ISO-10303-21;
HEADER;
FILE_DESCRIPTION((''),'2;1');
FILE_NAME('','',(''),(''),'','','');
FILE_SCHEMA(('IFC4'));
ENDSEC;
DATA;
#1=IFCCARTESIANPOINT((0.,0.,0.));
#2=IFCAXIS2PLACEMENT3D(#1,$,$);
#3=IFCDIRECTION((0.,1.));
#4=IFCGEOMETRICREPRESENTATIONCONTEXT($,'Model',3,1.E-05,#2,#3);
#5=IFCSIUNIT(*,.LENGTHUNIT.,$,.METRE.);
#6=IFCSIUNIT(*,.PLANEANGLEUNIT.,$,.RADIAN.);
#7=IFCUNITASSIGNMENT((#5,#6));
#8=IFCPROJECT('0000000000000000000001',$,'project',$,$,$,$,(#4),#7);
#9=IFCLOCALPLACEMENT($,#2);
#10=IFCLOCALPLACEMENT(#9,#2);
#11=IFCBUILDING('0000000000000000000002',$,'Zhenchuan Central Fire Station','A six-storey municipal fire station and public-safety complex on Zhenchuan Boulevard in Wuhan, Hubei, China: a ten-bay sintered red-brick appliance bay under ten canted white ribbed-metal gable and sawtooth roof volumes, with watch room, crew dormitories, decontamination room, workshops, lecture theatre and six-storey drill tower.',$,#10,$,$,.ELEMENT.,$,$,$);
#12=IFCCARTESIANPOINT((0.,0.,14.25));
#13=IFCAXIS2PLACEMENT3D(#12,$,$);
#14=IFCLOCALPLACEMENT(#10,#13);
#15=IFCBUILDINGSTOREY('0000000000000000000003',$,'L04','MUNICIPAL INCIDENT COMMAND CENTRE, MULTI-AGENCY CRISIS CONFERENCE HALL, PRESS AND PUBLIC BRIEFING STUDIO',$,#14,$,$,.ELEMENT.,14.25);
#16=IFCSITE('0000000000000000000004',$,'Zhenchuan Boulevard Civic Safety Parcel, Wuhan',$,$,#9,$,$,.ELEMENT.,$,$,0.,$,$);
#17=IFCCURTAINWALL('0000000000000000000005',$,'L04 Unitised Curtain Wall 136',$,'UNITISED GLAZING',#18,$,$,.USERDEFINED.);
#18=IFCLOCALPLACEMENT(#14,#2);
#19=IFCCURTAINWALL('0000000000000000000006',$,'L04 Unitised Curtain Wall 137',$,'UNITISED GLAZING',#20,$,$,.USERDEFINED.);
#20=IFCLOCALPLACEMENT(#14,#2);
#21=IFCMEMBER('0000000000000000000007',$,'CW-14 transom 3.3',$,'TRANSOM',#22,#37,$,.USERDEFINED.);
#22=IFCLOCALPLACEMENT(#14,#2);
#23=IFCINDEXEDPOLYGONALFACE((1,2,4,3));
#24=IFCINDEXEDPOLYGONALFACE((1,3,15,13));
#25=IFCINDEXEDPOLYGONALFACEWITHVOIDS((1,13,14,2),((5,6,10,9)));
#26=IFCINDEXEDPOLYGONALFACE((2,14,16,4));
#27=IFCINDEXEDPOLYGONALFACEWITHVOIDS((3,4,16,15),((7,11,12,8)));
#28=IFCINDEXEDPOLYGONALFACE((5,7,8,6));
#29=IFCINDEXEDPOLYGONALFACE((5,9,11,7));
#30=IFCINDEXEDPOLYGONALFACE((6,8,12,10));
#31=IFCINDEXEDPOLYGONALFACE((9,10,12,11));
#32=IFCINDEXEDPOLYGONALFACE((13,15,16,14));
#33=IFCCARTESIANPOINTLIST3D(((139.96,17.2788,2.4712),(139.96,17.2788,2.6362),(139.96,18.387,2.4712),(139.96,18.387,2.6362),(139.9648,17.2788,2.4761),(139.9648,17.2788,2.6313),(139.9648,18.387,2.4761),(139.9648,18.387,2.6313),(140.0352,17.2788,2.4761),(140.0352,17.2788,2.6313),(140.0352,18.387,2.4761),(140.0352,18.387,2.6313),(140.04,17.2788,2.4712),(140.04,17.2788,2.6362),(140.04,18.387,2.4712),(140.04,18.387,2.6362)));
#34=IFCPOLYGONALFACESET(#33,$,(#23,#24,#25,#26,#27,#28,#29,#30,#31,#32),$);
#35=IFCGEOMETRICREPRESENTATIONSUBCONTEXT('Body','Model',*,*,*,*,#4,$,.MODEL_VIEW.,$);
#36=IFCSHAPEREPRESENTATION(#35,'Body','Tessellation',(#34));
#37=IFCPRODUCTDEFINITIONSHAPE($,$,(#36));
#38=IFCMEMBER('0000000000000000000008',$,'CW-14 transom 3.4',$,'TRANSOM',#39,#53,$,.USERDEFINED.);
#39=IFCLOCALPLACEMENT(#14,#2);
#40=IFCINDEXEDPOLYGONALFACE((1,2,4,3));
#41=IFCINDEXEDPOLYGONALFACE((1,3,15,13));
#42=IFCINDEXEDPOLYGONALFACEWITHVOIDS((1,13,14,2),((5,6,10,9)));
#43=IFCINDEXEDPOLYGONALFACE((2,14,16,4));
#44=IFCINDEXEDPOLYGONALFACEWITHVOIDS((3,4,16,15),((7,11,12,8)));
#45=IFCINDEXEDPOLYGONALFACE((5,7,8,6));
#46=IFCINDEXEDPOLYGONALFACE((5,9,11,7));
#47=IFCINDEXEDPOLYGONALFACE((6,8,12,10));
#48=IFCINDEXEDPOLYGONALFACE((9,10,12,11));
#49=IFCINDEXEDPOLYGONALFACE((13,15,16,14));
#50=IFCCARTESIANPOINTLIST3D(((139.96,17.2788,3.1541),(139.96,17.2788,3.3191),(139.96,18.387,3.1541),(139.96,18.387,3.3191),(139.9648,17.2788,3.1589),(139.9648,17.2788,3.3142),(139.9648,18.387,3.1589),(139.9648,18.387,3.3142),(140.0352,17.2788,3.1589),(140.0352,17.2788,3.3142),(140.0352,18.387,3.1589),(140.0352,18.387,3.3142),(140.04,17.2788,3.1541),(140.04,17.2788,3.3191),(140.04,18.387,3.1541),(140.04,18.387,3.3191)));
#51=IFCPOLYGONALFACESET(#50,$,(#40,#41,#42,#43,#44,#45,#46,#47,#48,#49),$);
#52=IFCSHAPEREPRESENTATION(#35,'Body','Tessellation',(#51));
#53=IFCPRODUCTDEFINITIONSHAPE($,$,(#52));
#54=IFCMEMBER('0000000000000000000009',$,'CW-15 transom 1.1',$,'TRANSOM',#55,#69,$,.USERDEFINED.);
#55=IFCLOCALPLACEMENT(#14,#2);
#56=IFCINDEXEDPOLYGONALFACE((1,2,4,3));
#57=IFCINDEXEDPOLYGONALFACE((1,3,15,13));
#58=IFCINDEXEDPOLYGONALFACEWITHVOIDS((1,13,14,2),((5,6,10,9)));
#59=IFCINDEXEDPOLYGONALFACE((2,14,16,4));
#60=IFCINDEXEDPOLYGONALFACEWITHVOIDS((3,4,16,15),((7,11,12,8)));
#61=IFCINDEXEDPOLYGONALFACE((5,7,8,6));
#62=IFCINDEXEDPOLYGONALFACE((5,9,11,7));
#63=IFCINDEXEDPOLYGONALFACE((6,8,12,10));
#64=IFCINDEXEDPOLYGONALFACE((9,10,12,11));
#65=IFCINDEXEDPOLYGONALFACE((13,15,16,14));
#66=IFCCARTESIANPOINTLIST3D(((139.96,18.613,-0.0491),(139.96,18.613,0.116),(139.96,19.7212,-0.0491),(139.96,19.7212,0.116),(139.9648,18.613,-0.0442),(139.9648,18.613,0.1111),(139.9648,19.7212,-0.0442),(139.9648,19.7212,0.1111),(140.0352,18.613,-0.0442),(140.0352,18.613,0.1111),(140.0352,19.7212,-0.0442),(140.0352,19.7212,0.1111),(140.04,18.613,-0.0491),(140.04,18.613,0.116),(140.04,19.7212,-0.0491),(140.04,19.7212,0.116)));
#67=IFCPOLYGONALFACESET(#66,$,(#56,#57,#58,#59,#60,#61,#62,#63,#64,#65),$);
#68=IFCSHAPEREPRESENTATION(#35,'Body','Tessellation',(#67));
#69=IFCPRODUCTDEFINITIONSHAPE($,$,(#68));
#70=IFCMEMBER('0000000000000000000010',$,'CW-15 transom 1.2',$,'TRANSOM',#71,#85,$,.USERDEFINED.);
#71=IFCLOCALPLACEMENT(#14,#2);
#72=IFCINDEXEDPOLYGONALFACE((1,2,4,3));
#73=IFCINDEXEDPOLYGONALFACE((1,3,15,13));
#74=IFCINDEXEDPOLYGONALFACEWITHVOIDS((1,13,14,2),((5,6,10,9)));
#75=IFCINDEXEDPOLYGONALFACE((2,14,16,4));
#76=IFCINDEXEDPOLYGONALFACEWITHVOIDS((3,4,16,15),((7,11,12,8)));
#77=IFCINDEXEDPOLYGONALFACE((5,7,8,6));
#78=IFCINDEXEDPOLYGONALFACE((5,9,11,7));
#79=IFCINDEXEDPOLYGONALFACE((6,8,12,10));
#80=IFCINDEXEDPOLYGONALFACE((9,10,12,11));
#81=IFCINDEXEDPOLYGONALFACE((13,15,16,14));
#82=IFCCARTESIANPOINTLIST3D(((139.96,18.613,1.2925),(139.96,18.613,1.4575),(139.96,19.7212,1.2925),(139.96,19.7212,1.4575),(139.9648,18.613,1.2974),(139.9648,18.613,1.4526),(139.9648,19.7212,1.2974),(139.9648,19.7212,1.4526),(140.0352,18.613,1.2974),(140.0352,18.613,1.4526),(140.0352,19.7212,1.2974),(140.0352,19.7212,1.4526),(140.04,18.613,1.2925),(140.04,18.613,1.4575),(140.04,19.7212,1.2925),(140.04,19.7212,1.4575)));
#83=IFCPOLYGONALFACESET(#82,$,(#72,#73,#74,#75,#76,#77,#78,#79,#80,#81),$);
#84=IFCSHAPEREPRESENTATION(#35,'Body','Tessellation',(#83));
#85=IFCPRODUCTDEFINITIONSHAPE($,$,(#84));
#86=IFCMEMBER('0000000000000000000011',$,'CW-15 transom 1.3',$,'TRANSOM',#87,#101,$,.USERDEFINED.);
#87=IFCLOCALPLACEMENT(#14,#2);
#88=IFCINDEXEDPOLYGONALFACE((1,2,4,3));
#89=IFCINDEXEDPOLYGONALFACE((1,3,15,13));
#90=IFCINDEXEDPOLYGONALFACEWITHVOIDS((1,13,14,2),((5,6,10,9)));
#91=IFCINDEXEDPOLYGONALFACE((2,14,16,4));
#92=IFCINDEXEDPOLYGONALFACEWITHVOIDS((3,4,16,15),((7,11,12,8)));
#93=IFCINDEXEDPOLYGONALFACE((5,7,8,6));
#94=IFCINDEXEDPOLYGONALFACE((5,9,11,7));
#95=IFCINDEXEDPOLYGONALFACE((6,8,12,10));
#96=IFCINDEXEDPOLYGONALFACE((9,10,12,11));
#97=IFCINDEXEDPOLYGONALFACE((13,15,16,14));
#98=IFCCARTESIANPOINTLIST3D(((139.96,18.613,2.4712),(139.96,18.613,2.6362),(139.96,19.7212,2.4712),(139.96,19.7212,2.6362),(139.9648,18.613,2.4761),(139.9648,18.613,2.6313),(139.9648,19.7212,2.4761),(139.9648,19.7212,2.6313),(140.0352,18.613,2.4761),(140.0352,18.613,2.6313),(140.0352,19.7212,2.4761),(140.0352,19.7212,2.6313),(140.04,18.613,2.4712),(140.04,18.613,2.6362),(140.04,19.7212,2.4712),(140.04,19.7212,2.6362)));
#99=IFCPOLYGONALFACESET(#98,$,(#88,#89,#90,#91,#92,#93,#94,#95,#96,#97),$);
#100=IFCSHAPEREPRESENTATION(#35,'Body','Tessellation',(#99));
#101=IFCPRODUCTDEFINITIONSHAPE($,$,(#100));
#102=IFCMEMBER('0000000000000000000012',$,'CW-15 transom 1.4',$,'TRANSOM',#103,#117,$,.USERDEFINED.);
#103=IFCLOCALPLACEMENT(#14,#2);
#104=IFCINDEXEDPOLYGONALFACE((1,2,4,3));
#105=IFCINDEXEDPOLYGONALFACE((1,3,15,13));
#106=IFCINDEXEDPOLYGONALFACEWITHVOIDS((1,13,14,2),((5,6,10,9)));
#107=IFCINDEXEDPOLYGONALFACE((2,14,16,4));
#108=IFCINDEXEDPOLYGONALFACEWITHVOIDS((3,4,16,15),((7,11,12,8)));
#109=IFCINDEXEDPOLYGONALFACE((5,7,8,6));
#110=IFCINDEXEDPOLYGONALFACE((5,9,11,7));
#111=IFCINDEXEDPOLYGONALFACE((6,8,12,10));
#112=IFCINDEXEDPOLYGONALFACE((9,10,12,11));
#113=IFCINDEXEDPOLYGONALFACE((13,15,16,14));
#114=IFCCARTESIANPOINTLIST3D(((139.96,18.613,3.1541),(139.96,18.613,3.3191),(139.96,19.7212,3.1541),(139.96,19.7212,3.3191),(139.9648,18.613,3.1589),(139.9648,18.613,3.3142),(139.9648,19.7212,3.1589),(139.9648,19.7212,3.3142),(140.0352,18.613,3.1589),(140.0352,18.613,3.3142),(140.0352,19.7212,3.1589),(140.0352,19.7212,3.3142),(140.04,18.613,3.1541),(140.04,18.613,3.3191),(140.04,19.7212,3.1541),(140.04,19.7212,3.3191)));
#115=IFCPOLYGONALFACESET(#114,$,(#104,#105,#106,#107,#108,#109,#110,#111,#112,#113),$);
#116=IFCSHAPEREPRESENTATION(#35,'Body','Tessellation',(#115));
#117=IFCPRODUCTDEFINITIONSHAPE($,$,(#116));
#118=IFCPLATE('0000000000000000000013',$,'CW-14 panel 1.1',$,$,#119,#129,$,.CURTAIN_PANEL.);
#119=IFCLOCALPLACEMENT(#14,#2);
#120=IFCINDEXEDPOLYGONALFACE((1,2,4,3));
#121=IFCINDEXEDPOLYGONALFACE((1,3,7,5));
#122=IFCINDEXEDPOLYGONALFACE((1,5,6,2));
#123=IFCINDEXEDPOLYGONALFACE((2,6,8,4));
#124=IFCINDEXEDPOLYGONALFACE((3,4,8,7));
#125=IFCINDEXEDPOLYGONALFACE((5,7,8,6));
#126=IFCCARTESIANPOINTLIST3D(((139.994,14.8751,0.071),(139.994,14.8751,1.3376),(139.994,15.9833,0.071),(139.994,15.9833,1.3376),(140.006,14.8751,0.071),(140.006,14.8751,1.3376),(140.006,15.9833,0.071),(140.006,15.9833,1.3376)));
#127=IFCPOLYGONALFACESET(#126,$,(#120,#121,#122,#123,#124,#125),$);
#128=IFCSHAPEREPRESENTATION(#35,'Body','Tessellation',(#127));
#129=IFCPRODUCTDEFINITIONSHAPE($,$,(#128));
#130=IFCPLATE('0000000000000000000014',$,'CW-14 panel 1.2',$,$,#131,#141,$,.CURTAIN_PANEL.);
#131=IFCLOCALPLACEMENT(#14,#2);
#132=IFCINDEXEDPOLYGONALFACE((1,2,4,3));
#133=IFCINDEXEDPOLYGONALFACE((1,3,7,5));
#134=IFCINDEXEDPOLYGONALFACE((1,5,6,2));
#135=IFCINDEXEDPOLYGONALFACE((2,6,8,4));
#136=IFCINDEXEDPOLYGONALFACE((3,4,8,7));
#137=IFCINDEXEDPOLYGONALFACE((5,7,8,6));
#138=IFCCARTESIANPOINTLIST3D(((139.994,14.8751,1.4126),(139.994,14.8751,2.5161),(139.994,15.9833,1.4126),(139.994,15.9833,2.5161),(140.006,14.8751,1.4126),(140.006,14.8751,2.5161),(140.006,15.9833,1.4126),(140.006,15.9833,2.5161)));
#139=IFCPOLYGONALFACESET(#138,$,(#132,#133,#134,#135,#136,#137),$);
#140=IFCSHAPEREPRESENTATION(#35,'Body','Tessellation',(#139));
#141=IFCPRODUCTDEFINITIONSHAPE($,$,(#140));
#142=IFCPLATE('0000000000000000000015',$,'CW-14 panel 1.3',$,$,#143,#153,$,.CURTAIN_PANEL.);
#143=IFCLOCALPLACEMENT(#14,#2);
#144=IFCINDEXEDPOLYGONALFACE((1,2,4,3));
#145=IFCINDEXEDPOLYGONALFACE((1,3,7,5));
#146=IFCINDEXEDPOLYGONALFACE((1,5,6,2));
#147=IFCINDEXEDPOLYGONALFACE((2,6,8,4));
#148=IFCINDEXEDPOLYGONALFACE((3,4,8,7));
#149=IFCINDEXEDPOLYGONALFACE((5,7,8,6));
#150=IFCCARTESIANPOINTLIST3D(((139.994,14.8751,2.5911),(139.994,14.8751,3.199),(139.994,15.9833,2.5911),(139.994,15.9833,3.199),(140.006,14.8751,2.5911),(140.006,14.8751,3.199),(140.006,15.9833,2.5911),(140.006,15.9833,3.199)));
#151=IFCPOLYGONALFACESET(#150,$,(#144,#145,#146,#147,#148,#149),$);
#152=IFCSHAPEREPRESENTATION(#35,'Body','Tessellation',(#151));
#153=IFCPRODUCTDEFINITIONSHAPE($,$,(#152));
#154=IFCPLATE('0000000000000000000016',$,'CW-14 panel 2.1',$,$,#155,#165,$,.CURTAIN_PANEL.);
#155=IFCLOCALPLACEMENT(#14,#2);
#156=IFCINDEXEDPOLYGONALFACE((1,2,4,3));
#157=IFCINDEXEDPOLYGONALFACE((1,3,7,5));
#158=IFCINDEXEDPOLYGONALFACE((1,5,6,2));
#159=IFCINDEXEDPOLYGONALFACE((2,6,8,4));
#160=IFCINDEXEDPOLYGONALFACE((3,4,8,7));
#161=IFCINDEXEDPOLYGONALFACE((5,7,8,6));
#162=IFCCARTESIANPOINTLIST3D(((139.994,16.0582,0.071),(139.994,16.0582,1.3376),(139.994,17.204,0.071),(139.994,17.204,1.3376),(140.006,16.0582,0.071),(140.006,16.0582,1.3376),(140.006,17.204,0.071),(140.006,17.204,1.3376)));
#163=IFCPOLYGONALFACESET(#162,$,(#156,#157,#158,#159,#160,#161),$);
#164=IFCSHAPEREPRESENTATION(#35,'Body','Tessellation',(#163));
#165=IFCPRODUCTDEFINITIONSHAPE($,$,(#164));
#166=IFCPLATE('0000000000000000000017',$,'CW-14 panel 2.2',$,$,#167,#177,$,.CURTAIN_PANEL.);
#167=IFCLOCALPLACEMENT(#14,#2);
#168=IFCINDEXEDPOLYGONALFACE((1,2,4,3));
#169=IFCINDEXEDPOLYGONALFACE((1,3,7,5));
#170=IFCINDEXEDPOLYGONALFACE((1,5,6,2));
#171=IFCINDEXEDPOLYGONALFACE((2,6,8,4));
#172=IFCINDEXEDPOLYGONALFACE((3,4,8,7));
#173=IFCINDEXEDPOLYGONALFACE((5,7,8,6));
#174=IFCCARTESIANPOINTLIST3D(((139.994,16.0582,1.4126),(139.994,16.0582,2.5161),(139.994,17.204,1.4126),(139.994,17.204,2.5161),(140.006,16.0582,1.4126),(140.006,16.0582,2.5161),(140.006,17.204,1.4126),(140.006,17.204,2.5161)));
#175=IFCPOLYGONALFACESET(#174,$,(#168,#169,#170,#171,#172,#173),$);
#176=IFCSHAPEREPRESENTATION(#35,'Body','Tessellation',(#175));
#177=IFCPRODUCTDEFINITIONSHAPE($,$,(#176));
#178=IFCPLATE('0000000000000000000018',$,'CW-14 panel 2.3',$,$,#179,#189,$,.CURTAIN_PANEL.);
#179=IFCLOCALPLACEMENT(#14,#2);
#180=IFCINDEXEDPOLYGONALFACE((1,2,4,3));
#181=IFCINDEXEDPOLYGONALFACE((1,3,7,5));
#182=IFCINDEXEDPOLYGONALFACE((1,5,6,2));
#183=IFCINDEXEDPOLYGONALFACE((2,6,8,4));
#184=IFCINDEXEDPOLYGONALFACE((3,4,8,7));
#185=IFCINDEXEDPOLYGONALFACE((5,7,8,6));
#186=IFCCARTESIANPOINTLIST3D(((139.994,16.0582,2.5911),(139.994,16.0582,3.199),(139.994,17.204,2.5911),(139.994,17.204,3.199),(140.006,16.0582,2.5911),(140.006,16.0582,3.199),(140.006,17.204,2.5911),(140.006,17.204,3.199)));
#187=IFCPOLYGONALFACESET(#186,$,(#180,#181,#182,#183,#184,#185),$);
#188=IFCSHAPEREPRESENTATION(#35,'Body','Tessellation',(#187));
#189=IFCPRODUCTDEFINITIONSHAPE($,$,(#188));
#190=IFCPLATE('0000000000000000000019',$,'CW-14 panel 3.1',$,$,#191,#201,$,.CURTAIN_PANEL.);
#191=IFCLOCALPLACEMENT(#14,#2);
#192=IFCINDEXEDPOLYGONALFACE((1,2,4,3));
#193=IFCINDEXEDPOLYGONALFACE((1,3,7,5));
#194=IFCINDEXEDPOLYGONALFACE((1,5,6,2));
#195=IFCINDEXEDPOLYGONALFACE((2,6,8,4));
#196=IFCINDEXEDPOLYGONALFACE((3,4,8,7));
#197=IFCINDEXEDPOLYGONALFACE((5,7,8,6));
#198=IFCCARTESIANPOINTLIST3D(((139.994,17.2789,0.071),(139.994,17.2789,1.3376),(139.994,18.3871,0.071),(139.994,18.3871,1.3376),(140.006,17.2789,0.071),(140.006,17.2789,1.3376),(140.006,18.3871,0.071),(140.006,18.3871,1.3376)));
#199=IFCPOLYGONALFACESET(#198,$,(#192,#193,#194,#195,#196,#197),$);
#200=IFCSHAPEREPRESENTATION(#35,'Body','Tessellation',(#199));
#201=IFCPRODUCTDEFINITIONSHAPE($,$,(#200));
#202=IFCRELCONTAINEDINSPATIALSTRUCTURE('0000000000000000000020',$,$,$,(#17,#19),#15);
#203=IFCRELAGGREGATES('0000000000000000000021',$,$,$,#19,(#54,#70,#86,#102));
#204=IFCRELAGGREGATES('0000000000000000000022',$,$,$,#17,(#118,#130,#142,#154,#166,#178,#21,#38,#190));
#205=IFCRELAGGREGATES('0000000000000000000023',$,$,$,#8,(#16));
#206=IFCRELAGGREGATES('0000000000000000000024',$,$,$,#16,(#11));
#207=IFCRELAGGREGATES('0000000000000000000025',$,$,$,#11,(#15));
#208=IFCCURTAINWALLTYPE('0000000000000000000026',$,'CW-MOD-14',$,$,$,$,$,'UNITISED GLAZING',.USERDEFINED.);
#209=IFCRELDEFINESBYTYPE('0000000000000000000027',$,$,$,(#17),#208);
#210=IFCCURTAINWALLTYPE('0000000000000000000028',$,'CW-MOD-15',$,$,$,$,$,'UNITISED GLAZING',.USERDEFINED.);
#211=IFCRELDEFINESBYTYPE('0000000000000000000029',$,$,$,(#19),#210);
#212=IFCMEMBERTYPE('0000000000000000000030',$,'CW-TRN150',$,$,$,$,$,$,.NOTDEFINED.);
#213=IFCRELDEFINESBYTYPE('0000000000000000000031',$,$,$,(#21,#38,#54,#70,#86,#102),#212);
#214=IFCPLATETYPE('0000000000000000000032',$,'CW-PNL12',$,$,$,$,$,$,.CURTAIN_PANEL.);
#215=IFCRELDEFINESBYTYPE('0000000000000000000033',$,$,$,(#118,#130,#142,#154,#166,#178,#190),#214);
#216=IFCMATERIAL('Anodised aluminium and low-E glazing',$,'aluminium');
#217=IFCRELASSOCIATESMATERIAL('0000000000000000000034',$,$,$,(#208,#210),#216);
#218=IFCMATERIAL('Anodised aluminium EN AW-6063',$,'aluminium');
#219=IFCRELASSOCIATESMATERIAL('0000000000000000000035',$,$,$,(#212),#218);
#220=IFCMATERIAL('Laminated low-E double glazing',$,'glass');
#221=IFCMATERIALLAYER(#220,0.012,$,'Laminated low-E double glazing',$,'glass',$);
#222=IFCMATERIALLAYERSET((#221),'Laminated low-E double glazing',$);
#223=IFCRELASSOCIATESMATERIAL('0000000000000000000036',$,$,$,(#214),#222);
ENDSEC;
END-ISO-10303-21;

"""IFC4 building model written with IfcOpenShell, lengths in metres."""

from ifc_helpers import new_model, si_unit, direction, frame, origin, origin_2d, place, context, subcontext, project, spatial, rectangle, hollow_rectangle, extrude, material, layer, layer_set, material_profile, profile_set, type_object, element, aggregate, save


model = new_model("IFC4")

# Units and contexts
model_context = context("Model", 3, precision=1e-05, world=origin(), true_north=direction((0.0, 1.0)))
body_context = subcontext(model_context, "Body", "Model", "MODEL_VIEW")
ifc_project = project(units=[si_unit("LENGTHUNIT", "METRE"), si_unit("PLANEANGLEUNIT", "RADIAN")], contexts=[model_context])

# Site, building, storey
site_placement = place(None, origin())
site = spatial("IfcSite", under=ifc_project, at=site_placement, Name="Zhenchuan Boulevard Civic Safety Parcel, Wuhan", CompositionType="ELEMENT", RefElevation=0.0)
building_placement = place(site_placement, origin())
building = spatial("IfcBuilding", under=site, at=building_placement, Name="Zhenchuan Central Fire Station", Description="A six-storey municipal fire station and public-safety complex on Zhenchuan Boulevard in Wuhan, Hubei, China: a ten-bay sintered red-brick appliance bay under ten canted white ribbed-metal gable and sawtooth roof volumes, with watch room, crew dormitories, decontamination room, workshops, lecture theatre and six-storey drill tower.", CompositionType="ELEMENT")
storey_placement = place(building_placement, frame((0.0, 0.0, 14.25)))
storey = spatial("IfcBuildingStorey", under=building, at=storey_placement, Name="L04", Description="MUNICIPAL INCIDENT COMMAND CENTRE, MULTI-AGENCY CRISIS CONFERENCE HALL, PRESS AND PUBLIC BRIEFING STUDIO", CompositionType="ELEMENT", Elevation=14.25)

# Curtain wall
ifc_material_1 = material(Name="Anodised aluminium and low-E glazing", Category="aluminium")
curtain_wall_type_1 = type_object("IfcCurtainWallType", Name="CW-MOD-14", ElementType="UNITISED GLAZING", PredefinedType="USERDEFINED", material=ifc_material_1)
curtain_wall_1_placement = place(storey_placement, origin())
curtain_wall_1 = element("IfcCurtainWall", 1, at=curtain_wall_1_placement, inside=storey, type_object=curtain_wall_type_1, Name="L04 Unitised Curtain Wall 136", ObjectType="UNITISED GLAZING", PredefinedType="USERDEFINED")
ifc_material_2 = material(Name="Anodised aluminium EN AW-6063", Category="aluminium")

# Curtain wall
curtain_wall_type_2 = type_object("IfcCurtainWallType", Name="CW-MOD-15", ElementType="UNITISED GLAZING", PredefinedType="USERDEFINED", material=ifc_material_1)
curtain_wall_2_placement = place(storey_placement, origin())
curtain_wall_2 = element("IfcCurtainWall", 2, at=curtain_wall_2_placement, inside=storey, type_object=curtain_wall_type_2, Name="L04 Unitised Curtain Wall 137", ObjectType="UNITISED GLAZING", PredefinedType="USERDEFINED")

# Members
ifc_material_profile_1 = material_profile(ifc_material_2, hollow_rectangle(XDim=0.0801, YDim=0.165, WallThickness=0.0049, at=origin_2d()), Name="ALU-T 165x80")
ifc_profile_set_1 = profile_set([ifc_material_profile_1], Name="Anodised aluminium EN AW-6063")
member_type_1 = type_object("IfcMemberType", Name="CW-TRN150", PredefinedType="NOTDEFINED", material=ifc_profile_set_1)
member_1_placement = place(storey_placement, frame((140.0, 17.2788, 2.5537), z_axis=(0.0, 1.0, 0.0), x_axis=(-1.0, 0.0, 0.0)))
member_1 = element("IfcMember", 3, at=member_1_placement, type_object=member_type_1, Name="CW-14 transom 3.3", ObjectType="TRANSOM", PredefinedType="USERDEFINED", context=body_context, shape_type="SweptSolid", body=[
    extrude(hollow_rectangle(XDim=0.0801, YDim=0.165, WallThickness=0.0049, at=origin_2d()), origin(), (0.0, 0.0, 1.0), 1.1082),
])
member_2_placement = place(storey_placement, frame((140.0, 17.2788, 3.2366), z_axis=(0.0, 1.0, 0.0), x_axis=(-1.0, 0.0, 0.0)))
member_2 = element("IfcMember", 4, at=member_2_placement, type_object=member_type_1, Name="CW-14 transom 3.4", ObjectType="TRANSOM", PredefinedType="USERDEFINED", context=body_context, shape_type="SweptSolid", body=[
    extrude(hollow_rectangle(XDim=0.0801, YDim=0.165, WallThickness=0.0049, at=origin_2d()), origin(), (0.0, 0.0, 1.0), 1.1082),
])
member_3_placement = place(storey_placement, frame((140.0, 18.613, 0.0334), z_axis=(0.0, 1.0, 0.0), x_axis=(-1.0, 0.0, 0.0)))
member_3 = element("IfcMember", 5, at=member_3_placement, type_object=member_type_1, Name="CW-15 transom 1.1", ObjectType="TRANSOM", PredefinedType="USERDEFINED", context=body_context, shape_type="SweptSolid", body=[
    extrude(hollow_rectangle(XDim=0.0801, YDim=0.165, WallThickness=0.0049, at=origin_2d()), origin(), (0.0, 0.0, 1.0), 1.1082),
])
member_4_placement = place(storey_placement, frame((140.0, 18.613, 1.375), z_axis=(0.0, 1.0, 0.0), x_axis=(-1.0, 0.0, 0.0)))
member_4 = element("IfcMember", 6, at=member_4_placement, type_object=member_type_1, Name="CW-15 transom 1.2", ObjectType="TRANSOM", PredefinedType="USERDEFINED", context=body_context, shape_type="SweptSolid", body=[
    extrude(hollow_rectangle(XDim=0.0801, YDim=0.165, WallThickness=0.0049, at=origin_2d()), origin(), (0.0, 0.0, 1.0), 1.1082),
])
member_5_placement = place(storey_placement, frame((140.0, 18.613, 2.5537), z_axis=(0.0, 1.0, 0.0), x_axis=(-1.0, 0.0, 0.0)))
member_5 = element("IfcMember", 7, at=member_5_placement, type_object=member_type_1, Name="CW-15 transom 1.3", ObjectType="TRANSOM", PredefinedType="USERDEFINED", context=body_context, shape_type="SweptSolid", body=[
    extrude(hollow_rectangle(XDim=0.0801, YDim=0.165, WallThickness=0.0049, at=origin_2d()), origin(), (0.0, 0.0, 1.0), 1.1082),
])
member_6_placement = place(storey_placement, frame((140.0, 18.613, 3.2366), z_axis=(0.0, 1.0, 0.0), x_axis=(-1.0, 0.0, 0.0)))
member_6 = element("IfcMember", 8, at=member_6_placement, type_object=member_type_1, Name="CW-15 transom 1.4", ObjectType="TRANSOM", PredefinedType="USERDEFINED", context=body_context, shape_type="SweptSolid", body=[
    extrude(hollow_rectangle(XDim=0.0801, YDim=0.165, WallThickness=0.0049, at=origin_2d()), origin(), (0.0, 0.0, 1.0), 1.1082),
])
aggregate(curtain_wall_2, [member_3, member_4, member_5, member_6])

# Plates
ifc_material_3 = material(Name="Laminated low-E double glazing", Category="glass")
ifc_layer = layer(ifc_material_3, 0.012, Name="Laminated low-E double glazing", Category="glass")
ifc_layer_set = layer_set([ifc_layer], Name="Laminated low-E double glazing")
plate_type = type_object("IfcPlateType", Name="CW-PNL12", PredefinedType="CURTAIN_PANEL", material=ifc_layer_set)
plate_1_placement = place(storey_placement, frame((140.0, 15.4292, 0.071), z_axis=(0.0, 0.0, 1.0), x_axis=(0.0, 1.0, 0.0)))
plate_1 = element("IfcPlate", 9, at=plate_1_placement, type_object=plate_type, Name="CW-14 panel 1.1", PredefinedType="CURTAIN_PANEL", context=body_context, shape_type="SweptSolid", body=[
    extrude(rectangle(XDim=1.1082, YDim=0.012, at=origin_2d()), origin(), (0.0, 0.0, 1.0), 1.2666),
])
plate_2_placement = place(storey_placement, frame((140.0, 15.4292, 1.4126), z_axis=(0.0, 0.0, 1.0), x_axis=(0.0, 1.0, 0.0)))
plate_2 = element("IfcPlate", 10, at=plate_2_placement, type_object=plate_type, Name="CW-14 panel 1.2", PredefinedType="CURTAIN_PANEL", context=body_context, shape_type="SweptSolid", body=[
    extrude(rectangle(XDim=1.1082, YDim=0.012, at=origin_2d()), origin(), (0.0, 0.0, 1.0), 1.1035),
])
plate_3_placement = place(storey_placement, frame((140.0, 15.4292, 2.5911), z_axis=(0.0, 0.0, 1.0), x_axis=(0.0, 1.0, 0.0)))
plate_3 = element("IfcPlate", 11, at=plate_3_placement, type_object=plate_type, Name="CW-14 panel 1.3", PredefinedType="CURTAIN_PANEL", context=body_context, shape_type="SweptSolid", body=[
    extrude(rectangle(XDim=1.1082, YDim=0.012, at=origin_2d()), origin(), (0.0, 0.0, 1.0), 0.6079),
])
plate_4_placement = place(storey_placement, frame((140.0, 16.6311, 0.071), z_axis=(0.0, 0.0, 1.0), x_axis=(0.0, 1.0, 0.0)))
plate_4 = element("IfcPlate", 12, at=plate_4_placement, type_object=plate_type, Name="CW-14 panel 2.1", PredefinedType="CURTAIN_PANEL", context=body_context, shape_type="SweptSolid", body=[
    extrude(rectangle(XDim=1.1458, YDim=0.012, at=origin_2d()), origin(), (0.0, 0.0, 1.0), 1.2666),
])
plate_5_placement = place(storey_placement, frame((140.0, 16.6311, 1.4126), z_axis=(0.0, 0.0, 1.0), x_axis=(0.0, 1.0, 0.0)))
plate_5 = element("IfcPlate", 13, at=plate_5_placement, type_object=plate_type, Name="CW-14 panel 2.2", PredefinedType="CURTAIN_PANEL", context=body_context, shape_type="SweptSolid", body=[
    extrude(rectangle(XDim=1.1458, YDim=0.012, at=origin_2d()), origin(), (0.0, 0.0, 1.0), 1.1035),
])
plate_6_placement = place(storey_placement, frame((140.0, 16.6311, 2.5911), z_axis=(0.0, 0.0, 1.0), x_axis=(0.0, 1.0, 0.0)))
plate_6 = element("IfcPlate", 14, at=plate_6_placement, type_object=plate_type, Name="CW-14 panel 2.3", PredefinedType="CURTAIN_PANEL", context=body_context, shape_type="SweptSolid", body=[
    extrude(rectangle(XDim=1.1458, YDim=0.012, at=origin_2d()), origin(), (0.0, 0.0, 1.0), 0.6079),
])
plate_7_placement = place(storey_placement, frame((140.0, 17.833, 0.071), z_axis=(0.0, 0.0, 1.0), x_axis=(0.0, 1.0, 0.0)))
plate_7 = element("IfcPlate", 15, at=plate_7_placement, type_object=plate_type, Name="CW-14 panel 3.1", PredefinedType="CURTAIN_PANEL", context=body_context, shape_type="SweptSolid", body=[
    extrude(rectangle(XDim=1.1082, YDim=0.012, at=origin_2d()), origin(), (0.0, 0.0, 1.0), 1.2666),
])
aggregate(curtain_wall_1, [plate_1, plate_2, plate_3, plate_4, plate_5, plate_6, member_1, member_2, plate_7])

save(model, "model.ifc")
